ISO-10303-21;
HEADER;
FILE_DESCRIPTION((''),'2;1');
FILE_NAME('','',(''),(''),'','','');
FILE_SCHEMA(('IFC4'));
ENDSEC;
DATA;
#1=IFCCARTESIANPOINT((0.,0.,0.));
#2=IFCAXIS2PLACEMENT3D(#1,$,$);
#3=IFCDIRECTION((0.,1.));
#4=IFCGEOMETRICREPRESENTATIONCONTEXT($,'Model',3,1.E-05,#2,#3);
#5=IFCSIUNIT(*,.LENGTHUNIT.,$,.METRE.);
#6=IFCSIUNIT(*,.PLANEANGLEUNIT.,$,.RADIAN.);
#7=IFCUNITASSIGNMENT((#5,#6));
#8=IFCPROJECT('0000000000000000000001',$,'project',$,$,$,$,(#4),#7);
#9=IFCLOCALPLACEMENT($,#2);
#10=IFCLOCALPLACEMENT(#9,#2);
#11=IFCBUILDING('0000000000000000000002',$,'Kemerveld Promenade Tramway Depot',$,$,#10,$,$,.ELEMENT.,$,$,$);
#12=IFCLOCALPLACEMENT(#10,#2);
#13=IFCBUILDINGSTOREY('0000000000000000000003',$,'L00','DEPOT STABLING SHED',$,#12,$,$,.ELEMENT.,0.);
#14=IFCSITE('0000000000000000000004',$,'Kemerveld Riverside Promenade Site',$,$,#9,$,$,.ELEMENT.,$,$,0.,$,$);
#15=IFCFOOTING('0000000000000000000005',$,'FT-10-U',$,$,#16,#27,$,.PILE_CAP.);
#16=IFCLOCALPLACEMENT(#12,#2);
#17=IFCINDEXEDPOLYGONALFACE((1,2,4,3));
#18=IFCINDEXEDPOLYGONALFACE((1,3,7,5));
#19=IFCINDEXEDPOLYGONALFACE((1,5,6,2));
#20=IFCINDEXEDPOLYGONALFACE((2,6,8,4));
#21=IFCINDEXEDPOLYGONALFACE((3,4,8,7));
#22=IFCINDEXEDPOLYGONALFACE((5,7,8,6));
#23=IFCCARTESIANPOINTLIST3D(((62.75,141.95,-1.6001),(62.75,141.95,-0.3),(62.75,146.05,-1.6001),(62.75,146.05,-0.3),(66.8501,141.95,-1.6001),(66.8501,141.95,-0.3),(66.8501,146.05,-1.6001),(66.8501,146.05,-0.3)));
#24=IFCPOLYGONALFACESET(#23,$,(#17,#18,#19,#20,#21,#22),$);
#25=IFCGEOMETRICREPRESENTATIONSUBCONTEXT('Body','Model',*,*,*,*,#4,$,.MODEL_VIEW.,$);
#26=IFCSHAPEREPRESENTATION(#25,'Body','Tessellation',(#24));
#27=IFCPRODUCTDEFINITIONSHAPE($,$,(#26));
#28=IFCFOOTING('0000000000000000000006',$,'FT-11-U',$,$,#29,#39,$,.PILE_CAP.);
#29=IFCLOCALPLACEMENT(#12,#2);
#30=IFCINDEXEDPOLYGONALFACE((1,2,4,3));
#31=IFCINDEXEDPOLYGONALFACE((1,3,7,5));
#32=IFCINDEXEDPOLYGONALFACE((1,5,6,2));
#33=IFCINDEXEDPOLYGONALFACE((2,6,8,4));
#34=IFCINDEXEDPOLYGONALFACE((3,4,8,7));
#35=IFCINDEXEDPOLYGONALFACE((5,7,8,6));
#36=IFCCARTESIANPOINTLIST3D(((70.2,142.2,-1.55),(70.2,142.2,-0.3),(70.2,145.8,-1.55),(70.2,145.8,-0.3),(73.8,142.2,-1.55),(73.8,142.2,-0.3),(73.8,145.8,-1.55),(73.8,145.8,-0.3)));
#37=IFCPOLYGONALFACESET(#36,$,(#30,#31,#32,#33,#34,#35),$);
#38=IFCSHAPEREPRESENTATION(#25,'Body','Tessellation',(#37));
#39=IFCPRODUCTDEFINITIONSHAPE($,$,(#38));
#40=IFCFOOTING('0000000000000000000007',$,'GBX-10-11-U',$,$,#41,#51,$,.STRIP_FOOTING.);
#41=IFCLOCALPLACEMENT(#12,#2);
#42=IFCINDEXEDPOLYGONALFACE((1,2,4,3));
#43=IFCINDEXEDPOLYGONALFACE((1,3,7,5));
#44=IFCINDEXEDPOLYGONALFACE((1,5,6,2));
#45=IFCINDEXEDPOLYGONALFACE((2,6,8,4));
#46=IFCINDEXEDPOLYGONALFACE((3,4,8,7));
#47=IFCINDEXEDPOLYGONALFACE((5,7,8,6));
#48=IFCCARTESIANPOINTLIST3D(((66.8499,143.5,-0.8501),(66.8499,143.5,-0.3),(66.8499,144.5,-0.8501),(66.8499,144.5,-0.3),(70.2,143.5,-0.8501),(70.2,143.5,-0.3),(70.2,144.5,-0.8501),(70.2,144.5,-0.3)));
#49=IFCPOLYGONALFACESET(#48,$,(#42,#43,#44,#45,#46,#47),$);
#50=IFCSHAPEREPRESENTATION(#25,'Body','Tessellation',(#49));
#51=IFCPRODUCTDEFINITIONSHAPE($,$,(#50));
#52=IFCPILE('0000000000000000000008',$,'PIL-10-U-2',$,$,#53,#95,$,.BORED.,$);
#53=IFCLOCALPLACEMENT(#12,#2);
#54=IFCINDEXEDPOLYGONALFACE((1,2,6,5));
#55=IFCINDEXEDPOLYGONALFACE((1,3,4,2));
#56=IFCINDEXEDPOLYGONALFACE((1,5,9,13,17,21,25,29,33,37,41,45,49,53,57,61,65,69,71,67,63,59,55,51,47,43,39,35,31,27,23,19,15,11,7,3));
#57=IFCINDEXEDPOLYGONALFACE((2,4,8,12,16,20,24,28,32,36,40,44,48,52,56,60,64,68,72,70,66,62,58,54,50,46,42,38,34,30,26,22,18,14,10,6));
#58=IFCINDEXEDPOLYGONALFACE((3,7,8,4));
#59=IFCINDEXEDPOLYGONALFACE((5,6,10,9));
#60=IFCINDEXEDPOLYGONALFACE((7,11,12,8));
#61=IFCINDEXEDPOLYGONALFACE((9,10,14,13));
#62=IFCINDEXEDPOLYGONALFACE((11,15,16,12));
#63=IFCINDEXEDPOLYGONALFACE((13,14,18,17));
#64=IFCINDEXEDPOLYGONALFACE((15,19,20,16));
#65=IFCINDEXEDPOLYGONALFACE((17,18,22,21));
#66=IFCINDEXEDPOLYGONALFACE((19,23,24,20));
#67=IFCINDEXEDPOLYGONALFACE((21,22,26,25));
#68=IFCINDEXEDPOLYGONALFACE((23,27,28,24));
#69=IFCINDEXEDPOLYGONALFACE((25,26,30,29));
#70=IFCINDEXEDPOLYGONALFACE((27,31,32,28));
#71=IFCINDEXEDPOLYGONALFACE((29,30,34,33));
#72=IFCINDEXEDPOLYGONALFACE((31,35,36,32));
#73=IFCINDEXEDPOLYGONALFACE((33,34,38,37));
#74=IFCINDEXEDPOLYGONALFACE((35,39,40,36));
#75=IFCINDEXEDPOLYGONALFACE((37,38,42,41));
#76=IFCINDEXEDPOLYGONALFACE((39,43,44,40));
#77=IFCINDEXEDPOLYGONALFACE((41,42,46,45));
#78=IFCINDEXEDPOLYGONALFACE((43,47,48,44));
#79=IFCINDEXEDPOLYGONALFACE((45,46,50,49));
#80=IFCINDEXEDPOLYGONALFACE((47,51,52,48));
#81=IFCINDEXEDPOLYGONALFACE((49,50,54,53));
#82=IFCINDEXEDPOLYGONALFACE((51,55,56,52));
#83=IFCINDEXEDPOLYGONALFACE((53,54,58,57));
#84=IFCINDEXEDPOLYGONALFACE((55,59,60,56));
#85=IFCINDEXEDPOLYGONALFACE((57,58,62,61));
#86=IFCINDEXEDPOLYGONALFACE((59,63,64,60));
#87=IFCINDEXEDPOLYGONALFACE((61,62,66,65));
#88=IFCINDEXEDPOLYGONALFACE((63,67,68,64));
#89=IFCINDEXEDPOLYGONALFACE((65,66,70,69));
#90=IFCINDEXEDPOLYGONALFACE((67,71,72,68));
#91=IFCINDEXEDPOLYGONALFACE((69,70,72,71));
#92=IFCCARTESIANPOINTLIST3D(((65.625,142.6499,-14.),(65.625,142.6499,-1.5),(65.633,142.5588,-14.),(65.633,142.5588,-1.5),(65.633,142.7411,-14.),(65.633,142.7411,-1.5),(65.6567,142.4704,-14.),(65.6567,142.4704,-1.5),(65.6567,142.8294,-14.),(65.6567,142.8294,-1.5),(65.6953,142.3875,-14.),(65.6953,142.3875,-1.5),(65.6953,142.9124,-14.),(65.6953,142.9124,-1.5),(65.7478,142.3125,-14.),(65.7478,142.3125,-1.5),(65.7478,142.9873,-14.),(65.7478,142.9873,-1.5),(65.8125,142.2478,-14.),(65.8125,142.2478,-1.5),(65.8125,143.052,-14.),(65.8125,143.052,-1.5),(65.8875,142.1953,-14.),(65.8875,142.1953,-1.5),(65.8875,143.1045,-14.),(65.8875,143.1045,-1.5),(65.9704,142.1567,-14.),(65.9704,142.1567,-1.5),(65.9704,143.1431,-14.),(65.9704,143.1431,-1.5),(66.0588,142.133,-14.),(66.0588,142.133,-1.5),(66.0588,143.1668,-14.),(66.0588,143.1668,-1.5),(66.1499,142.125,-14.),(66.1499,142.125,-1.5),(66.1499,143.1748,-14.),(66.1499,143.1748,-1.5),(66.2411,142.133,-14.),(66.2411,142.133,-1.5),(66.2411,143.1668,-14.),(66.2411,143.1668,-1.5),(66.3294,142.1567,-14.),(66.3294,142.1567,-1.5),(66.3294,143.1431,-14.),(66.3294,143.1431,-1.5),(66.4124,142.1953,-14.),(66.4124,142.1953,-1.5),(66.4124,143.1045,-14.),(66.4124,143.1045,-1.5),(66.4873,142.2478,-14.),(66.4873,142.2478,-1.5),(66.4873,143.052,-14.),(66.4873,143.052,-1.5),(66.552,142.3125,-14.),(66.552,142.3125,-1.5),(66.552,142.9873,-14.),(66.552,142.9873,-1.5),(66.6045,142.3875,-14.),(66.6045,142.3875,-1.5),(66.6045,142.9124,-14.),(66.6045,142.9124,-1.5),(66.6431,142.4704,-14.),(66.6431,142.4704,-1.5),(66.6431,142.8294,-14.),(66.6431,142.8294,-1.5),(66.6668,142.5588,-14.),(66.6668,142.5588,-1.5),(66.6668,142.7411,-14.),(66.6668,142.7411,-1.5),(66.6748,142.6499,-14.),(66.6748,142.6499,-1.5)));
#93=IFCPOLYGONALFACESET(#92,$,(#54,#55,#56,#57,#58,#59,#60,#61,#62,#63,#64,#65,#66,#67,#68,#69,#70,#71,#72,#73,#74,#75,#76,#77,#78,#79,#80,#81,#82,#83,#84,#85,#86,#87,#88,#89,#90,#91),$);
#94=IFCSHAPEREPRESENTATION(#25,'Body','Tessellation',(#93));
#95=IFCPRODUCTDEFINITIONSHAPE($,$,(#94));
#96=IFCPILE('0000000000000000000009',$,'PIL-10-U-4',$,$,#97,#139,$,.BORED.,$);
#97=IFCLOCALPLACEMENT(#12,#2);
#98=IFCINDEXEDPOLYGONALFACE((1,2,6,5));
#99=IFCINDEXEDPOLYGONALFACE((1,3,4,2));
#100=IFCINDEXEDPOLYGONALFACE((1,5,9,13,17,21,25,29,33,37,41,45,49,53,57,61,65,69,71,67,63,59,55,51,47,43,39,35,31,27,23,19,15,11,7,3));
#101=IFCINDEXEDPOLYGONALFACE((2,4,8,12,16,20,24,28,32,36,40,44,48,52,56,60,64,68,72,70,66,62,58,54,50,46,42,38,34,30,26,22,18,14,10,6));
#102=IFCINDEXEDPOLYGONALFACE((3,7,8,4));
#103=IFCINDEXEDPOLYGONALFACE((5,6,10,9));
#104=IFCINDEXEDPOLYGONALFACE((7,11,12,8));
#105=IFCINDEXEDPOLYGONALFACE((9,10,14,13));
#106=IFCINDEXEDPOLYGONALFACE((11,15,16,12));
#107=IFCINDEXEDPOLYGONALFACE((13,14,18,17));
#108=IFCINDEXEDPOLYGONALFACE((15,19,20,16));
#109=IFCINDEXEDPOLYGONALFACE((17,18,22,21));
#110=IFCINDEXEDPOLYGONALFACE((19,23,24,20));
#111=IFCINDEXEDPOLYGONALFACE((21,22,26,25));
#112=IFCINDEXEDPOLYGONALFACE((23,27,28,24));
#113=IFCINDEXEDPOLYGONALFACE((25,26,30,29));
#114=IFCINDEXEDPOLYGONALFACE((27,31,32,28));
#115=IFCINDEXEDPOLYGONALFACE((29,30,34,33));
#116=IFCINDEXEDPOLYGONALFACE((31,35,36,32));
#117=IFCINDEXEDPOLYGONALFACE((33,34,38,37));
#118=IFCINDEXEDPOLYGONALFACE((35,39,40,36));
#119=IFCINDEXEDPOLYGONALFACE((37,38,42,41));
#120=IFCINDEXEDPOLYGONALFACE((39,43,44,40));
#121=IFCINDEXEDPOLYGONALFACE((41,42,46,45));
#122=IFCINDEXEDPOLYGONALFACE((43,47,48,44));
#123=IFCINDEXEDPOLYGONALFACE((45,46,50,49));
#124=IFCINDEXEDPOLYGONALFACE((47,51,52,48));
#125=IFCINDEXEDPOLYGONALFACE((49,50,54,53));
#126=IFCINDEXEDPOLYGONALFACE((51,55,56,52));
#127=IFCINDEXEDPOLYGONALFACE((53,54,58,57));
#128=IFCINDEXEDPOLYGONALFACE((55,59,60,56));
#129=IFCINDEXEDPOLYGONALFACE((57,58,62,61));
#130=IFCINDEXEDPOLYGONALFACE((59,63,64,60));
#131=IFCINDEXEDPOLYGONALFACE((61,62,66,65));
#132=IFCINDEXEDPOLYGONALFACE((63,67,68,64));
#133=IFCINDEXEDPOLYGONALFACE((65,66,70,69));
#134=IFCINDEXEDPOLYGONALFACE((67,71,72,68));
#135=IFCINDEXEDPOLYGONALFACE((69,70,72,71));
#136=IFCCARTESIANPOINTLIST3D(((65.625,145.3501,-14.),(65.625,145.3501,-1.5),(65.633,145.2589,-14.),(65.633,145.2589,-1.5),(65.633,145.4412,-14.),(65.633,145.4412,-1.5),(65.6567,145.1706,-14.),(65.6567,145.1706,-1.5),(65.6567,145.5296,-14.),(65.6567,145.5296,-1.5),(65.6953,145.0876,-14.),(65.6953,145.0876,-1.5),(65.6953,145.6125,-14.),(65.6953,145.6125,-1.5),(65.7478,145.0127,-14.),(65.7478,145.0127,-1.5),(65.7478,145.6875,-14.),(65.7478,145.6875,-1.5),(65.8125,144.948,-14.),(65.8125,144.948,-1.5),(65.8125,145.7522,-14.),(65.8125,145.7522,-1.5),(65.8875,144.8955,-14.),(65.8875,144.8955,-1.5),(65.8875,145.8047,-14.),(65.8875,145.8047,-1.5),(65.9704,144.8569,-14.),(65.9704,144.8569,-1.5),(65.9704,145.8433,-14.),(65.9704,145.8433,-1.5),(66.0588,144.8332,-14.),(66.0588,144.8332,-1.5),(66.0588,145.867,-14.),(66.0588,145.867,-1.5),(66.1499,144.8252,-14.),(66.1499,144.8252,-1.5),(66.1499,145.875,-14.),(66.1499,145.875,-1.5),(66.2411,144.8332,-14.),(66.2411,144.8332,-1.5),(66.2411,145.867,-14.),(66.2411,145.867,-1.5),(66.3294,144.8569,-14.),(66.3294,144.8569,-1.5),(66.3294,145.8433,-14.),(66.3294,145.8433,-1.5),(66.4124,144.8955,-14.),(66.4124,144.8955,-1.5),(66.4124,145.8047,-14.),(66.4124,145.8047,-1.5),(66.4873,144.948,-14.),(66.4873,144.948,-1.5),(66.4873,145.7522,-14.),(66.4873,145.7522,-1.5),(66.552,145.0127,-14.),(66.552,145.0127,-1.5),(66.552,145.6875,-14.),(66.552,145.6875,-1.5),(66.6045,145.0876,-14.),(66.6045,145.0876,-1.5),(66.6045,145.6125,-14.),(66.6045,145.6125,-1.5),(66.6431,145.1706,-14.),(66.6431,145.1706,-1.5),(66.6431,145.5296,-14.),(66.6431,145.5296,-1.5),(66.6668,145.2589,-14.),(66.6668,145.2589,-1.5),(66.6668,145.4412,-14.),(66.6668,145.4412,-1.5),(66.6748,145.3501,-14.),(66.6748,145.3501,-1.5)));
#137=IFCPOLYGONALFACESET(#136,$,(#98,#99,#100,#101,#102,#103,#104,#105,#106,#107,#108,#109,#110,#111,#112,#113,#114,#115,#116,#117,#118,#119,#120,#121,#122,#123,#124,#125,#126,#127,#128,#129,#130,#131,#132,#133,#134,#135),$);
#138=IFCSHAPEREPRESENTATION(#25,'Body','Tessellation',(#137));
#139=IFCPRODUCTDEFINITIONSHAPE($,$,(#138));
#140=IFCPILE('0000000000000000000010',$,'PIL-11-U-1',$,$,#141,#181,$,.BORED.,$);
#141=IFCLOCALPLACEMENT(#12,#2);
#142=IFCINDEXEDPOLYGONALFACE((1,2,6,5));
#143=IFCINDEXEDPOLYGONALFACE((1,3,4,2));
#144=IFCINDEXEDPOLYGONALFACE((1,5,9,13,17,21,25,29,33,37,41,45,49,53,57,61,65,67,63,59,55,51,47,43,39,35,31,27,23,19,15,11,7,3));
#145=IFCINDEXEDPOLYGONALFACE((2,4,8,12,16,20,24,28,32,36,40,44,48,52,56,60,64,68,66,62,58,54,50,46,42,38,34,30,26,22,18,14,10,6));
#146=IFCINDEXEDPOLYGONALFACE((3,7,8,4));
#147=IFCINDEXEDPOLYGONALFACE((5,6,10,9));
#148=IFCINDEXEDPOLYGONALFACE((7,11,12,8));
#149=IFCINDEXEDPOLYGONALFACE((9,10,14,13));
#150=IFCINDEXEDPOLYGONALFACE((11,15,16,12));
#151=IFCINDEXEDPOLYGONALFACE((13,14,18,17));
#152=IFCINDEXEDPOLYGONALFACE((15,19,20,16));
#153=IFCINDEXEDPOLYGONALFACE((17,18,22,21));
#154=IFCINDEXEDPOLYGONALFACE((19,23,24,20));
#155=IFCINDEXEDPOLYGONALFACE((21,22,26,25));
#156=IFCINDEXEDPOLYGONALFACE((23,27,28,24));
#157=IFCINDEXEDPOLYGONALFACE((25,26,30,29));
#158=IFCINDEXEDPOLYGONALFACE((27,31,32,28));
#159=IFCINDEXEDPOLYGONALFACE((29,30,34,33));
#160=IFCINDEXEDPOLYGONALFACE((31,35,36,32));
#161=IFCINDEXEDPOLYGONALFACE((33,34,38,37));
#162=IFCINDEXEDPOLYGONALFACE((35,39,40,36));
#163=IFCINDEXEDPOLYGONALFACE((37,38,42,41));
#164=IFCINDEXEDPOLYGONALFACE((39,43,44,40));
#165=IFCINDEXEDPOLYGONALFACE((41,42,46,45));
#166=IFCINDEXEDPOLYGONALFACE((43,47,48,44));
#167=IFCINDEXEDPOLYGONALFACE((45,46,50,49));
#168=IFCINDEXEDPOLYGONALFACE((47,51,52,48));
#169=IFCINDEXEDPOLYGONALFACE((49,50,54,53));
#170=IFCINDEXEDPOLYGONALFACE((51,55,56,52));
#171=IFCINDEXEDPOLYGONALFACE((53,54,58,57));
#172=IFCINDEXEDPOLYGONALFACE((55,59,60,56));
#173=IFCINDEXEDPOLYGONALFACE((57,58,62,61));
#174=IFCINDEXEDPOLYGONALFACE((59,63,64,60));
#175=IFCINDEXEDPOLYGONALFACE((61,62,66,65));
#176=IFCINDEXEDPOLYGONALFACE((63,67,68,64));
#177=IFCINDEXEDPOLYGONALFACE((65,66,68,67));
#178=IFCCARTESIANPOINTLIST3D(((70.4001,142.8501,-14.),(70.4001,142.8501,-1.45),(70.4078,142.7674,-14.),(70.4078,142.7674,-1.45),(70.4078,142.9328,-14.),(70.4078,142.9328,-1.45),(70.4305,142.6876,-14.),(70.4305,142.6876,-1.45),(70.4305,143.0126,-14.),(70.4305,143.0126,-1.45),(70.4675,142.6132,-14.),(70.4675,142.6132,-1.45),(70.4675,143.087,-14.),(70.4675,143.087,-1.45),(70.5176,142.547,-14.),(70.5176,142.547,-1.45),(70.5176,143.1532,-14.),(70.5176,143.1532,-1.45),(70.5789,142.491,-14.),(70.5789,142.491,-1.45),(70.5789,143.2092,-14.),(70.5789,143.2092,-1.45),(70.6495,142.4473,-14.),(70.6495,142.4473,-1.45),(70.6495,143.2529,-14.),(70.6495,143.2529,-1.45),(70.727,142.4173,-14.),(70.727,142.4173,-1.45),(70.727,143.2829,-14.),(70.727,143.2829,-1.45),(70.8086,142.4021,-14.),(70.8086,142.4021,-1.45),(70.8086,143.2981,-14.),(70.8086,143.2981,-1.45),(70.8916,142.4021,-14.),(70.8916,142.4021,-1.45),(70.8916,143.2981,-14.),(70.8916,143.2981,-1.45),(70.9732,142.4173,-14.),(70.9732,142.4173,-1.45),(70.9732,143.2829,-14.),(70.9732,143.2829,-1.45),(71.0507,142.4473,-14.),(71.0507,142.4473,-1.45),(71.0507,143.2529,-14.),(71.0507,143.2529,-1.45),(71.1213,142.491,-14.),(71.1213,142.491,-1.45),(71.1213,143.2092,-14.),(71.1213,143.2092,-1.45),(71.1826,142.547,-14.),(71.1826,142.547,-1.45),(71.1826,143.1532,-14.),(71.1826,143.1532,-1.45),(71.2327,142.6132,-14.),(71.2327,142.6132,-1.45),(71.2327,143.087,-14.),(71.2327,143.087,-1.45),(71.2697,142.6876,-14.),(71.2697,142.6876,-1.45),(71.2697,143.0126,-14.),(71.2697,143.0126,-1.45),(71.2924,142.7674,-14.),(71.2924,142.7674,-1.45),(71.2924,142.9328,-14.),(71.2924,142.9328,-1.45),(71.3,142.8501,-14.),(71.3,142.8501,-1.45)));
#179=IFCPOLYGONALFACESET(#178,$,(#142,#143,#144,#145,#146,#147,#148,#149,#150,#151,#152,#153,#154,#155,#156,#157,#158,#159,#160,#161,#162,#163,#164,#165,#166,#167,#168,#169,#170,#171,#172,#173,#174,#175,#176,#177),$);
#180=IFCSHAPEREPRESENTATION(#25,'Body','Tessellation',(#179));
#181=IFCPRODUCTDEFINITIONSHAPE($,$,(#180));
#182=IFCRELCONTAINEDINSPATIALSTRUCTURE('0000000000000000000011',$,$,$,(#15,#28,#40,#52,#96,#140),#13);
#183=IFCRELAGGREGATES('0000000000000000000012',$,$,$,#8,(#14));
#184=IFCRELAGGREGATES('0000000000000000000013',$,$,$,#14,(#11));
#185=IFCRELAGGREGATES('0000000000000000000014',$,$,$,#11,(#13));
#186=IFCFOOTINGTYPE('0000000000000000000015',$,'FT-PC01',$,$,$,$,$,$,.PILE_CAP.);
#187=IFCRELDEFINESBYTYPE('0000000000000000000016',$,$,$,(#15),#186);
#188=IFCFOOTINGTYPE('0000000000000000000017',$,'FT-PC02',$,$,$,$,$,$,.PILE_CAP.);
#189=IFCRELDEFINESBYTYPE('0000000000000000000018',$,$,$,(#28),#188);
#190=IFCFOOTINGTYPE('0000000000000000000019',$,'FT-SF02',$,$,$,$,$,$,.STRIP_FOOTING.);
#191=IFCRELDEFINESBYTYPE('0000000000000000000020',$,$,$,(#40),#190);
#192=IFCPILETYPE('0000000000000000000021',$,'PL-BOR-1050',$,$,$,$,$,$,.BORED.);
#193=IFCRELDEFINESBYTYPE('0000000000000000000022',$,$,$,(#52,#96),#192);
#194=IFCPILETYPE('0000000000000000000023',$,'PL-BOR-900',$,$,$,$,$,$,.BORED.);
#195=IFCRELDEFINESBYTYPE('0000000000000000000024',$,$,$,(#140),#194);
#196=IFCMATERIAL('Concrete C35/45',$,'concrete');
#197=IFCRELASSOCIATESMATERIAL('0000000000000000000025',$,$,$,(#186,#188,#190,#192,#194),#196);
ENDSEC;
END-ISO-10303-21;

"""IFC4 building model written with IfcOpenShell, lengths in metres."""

from ifc_helpers import new_model, si_unit, direction, frame, origin, origin_2d, place, context, subcontext, project, spatial, rectangle, circle, extrude, material, material_profile, profile_set, type_object, element, save


model = new_model("IFC4")

# Units and contexts
model_context = context("Model", 3, precision=1e-05, world=origin(), true_north=direction((0.0, 1.0)))
body_context = subcontext(model_context, "Body", "Model", "MODEL_VIEW")
ifc_project = project(units=[si_unit("LENGTHUNIT", "METRE"), si_unit("PLANEANGLEUNIT", "RADIAN")], contexts=[model_context])

# Site, building, storey
site_placement = place(None, origin())
site = spatial("IfcSite", under=ifc_project, at=site_placement, Name="Kemerveld Riverside Promenade Site", CompositionType="ELEMENT", RefElevation=0.0)
building_placement = place(site_placement, origin())
building = spatial("IfcBuilding", under=site, at=building_placement, Name="Kemerveld Promenade Tramway Depot", CompositionType="ELEMENT")
storey_placement = place(building_placement, origin())
storey = spatial("IfcBuildingStorey", under=building, at=storey_placement, Name="L00", Description="DEPOT STABLING SHED", CompositionType="ELEMENT", Elevation=0.0)

# Footings
ifc_material_1 = material(Name="Concrete C35/45", Category="concrete")
footing_type_1 = type_object("IfcFootingType", Name="FT-PC01", PredefinedType="PILE_CAP", material=ifc_material_1)
footing_1_placement = place(storey_placement, frame((64.8, 144.0, -1.6001), z_axis=(0.0, 0.0, 1.0), x_axis=(1.0, 0.0, 0.0)))
element("IfcFooting", 1, at=footing_1_placement, inside=storey, type_object=footing_type_1, Name="FT-10-U", PredefinedType="PILE_CAP", context=body_context, shape_type="SweptSolid", body=[
    extrude(rectangle(XDim=4.1001, YDim=4.1001, at=origin_2d()), origin(), (0.0, 0.0, 1.0), 1.3),
])
footing_type_2 = type_object("IfcFootingType", Name="FT-PC02", PredefinedType="PILE_CAP", material=ifc_material_1)
footing_2_placement = place(storey_placement, frame((72.0, 144.0, -1.55), z_axis=(0.0, 0.0, 1.0), x_axis=(1.0, 0.0, 0.0)))
element("IfcFooting", 2, at=footing_2_placement, inside=storey, type_object=footing_type_2, Name="FT-11-U", PredefinedType="PILE_CAP", context=body_context, shape_type="SweptSolid", body=[
    extrude(rectangle(XDim=3.6001, YDim=3.6001, at=origin_2d()), origin(), (0.0, 0.0, 1.0), 1.25),
])
footing_type_3 = type_object("IfcFootingType", Name="FT-SF02", PredefinedType="STRIP_FOOTING", material=ifc_material_1)
footing_3_placement = place(storey_placement, frame((68.5249, 144.0, -0.8501), z_axis=(0.0, 0.0, 1.0), x_axis=(1.0, 0.0, 0.0)))
element("IfcFooting", 3, at=footing_3_placement, inside=storey, type_object=footing_type_3, Name="GBX-10-11-U", PredefinedType="STRIP_FOOTING", context=body_context, shape_type="SweptSolid", body=[
    extrude(rectangle(XDim=3.3501, YDim=1.0, at=origin_2d()), origin(), (0.0, 0.0, 1.0), 0.55),
])

# Piles
ifc_material_profile_1 = material_profile(ifc_material_1, circle(Radius=0.5249, at=origin_2d()), Name="PILE-D1050")
ifc_profile_set_1 = profile_set([ifc_material_profile_1], Name="Concrete C35/45")
pile_type_1 = type_object("IfcPileType", Name="PL-BOR-1050", PredefinedType="BORED", material=ifc_profile_set_1)
for number, where, z_axis, x_axis, name in (
    (4, (66.1499, 142.6499, -1.5), (0.0, 0.0, -1.0), (1.0, 0.0, 0.0), "PIL-10-U-2"),
    (5, (66.1499, 145.3501, -1.5), (0.0, 0.0, -1.0), (1.0, 0.0, 0.0), "PIL-10-U-4"),
):
    element("IfcPile", number, at=place(storey_placement, frame(where, z_axis=z_axis, x_axis=x_axis)), inside=storey, type_object=pile_type_1, Name=name, PredefinedType="BORED", context=body_context, shape_type="SweptSolid", body=[
        extrude(circle(Radius=0.5249, at=origin_2d()), origin(), (0.0, 0.0, 1.0), 12.5),
    ])
ifc_material_profile_2 = material_profile(ifc_material_1, circle(Radius=0.45, at=origin_2d()), Name="PILE-D900")
ifc_profile_set_2 = profile_set([ifc_material_profile_2], Name="Concrete C35/45")
pile_type_2 = type_object("IfcPileType", Name="PL-BOR-900", PredefinedType="BORED", material=ifc_profile_set_2)
for number, where, z_axis, x_axis, name in (
    (6, (70.8501, 142.8501, -1.45), (0.0, 0.0, -1.0), (1.0, 0.0, 0.0), "PIL-11-U-1"),
):
    element("IfcPile", number, at=place(storey_placement, frame(where, z_axis=z_axis, x_axis=x_axis)), inside=storey, type_object=pile_type_2, Name=name, PredefinedType="BORED", context=body_context, shape_type="SweptSolid", body=[
        extrude(circle(Radius=0.45, at=origin_2d()), origin(), (0.0, 0.0, 1.0), 12.55),
    ])

save(model, "model.ifc")
